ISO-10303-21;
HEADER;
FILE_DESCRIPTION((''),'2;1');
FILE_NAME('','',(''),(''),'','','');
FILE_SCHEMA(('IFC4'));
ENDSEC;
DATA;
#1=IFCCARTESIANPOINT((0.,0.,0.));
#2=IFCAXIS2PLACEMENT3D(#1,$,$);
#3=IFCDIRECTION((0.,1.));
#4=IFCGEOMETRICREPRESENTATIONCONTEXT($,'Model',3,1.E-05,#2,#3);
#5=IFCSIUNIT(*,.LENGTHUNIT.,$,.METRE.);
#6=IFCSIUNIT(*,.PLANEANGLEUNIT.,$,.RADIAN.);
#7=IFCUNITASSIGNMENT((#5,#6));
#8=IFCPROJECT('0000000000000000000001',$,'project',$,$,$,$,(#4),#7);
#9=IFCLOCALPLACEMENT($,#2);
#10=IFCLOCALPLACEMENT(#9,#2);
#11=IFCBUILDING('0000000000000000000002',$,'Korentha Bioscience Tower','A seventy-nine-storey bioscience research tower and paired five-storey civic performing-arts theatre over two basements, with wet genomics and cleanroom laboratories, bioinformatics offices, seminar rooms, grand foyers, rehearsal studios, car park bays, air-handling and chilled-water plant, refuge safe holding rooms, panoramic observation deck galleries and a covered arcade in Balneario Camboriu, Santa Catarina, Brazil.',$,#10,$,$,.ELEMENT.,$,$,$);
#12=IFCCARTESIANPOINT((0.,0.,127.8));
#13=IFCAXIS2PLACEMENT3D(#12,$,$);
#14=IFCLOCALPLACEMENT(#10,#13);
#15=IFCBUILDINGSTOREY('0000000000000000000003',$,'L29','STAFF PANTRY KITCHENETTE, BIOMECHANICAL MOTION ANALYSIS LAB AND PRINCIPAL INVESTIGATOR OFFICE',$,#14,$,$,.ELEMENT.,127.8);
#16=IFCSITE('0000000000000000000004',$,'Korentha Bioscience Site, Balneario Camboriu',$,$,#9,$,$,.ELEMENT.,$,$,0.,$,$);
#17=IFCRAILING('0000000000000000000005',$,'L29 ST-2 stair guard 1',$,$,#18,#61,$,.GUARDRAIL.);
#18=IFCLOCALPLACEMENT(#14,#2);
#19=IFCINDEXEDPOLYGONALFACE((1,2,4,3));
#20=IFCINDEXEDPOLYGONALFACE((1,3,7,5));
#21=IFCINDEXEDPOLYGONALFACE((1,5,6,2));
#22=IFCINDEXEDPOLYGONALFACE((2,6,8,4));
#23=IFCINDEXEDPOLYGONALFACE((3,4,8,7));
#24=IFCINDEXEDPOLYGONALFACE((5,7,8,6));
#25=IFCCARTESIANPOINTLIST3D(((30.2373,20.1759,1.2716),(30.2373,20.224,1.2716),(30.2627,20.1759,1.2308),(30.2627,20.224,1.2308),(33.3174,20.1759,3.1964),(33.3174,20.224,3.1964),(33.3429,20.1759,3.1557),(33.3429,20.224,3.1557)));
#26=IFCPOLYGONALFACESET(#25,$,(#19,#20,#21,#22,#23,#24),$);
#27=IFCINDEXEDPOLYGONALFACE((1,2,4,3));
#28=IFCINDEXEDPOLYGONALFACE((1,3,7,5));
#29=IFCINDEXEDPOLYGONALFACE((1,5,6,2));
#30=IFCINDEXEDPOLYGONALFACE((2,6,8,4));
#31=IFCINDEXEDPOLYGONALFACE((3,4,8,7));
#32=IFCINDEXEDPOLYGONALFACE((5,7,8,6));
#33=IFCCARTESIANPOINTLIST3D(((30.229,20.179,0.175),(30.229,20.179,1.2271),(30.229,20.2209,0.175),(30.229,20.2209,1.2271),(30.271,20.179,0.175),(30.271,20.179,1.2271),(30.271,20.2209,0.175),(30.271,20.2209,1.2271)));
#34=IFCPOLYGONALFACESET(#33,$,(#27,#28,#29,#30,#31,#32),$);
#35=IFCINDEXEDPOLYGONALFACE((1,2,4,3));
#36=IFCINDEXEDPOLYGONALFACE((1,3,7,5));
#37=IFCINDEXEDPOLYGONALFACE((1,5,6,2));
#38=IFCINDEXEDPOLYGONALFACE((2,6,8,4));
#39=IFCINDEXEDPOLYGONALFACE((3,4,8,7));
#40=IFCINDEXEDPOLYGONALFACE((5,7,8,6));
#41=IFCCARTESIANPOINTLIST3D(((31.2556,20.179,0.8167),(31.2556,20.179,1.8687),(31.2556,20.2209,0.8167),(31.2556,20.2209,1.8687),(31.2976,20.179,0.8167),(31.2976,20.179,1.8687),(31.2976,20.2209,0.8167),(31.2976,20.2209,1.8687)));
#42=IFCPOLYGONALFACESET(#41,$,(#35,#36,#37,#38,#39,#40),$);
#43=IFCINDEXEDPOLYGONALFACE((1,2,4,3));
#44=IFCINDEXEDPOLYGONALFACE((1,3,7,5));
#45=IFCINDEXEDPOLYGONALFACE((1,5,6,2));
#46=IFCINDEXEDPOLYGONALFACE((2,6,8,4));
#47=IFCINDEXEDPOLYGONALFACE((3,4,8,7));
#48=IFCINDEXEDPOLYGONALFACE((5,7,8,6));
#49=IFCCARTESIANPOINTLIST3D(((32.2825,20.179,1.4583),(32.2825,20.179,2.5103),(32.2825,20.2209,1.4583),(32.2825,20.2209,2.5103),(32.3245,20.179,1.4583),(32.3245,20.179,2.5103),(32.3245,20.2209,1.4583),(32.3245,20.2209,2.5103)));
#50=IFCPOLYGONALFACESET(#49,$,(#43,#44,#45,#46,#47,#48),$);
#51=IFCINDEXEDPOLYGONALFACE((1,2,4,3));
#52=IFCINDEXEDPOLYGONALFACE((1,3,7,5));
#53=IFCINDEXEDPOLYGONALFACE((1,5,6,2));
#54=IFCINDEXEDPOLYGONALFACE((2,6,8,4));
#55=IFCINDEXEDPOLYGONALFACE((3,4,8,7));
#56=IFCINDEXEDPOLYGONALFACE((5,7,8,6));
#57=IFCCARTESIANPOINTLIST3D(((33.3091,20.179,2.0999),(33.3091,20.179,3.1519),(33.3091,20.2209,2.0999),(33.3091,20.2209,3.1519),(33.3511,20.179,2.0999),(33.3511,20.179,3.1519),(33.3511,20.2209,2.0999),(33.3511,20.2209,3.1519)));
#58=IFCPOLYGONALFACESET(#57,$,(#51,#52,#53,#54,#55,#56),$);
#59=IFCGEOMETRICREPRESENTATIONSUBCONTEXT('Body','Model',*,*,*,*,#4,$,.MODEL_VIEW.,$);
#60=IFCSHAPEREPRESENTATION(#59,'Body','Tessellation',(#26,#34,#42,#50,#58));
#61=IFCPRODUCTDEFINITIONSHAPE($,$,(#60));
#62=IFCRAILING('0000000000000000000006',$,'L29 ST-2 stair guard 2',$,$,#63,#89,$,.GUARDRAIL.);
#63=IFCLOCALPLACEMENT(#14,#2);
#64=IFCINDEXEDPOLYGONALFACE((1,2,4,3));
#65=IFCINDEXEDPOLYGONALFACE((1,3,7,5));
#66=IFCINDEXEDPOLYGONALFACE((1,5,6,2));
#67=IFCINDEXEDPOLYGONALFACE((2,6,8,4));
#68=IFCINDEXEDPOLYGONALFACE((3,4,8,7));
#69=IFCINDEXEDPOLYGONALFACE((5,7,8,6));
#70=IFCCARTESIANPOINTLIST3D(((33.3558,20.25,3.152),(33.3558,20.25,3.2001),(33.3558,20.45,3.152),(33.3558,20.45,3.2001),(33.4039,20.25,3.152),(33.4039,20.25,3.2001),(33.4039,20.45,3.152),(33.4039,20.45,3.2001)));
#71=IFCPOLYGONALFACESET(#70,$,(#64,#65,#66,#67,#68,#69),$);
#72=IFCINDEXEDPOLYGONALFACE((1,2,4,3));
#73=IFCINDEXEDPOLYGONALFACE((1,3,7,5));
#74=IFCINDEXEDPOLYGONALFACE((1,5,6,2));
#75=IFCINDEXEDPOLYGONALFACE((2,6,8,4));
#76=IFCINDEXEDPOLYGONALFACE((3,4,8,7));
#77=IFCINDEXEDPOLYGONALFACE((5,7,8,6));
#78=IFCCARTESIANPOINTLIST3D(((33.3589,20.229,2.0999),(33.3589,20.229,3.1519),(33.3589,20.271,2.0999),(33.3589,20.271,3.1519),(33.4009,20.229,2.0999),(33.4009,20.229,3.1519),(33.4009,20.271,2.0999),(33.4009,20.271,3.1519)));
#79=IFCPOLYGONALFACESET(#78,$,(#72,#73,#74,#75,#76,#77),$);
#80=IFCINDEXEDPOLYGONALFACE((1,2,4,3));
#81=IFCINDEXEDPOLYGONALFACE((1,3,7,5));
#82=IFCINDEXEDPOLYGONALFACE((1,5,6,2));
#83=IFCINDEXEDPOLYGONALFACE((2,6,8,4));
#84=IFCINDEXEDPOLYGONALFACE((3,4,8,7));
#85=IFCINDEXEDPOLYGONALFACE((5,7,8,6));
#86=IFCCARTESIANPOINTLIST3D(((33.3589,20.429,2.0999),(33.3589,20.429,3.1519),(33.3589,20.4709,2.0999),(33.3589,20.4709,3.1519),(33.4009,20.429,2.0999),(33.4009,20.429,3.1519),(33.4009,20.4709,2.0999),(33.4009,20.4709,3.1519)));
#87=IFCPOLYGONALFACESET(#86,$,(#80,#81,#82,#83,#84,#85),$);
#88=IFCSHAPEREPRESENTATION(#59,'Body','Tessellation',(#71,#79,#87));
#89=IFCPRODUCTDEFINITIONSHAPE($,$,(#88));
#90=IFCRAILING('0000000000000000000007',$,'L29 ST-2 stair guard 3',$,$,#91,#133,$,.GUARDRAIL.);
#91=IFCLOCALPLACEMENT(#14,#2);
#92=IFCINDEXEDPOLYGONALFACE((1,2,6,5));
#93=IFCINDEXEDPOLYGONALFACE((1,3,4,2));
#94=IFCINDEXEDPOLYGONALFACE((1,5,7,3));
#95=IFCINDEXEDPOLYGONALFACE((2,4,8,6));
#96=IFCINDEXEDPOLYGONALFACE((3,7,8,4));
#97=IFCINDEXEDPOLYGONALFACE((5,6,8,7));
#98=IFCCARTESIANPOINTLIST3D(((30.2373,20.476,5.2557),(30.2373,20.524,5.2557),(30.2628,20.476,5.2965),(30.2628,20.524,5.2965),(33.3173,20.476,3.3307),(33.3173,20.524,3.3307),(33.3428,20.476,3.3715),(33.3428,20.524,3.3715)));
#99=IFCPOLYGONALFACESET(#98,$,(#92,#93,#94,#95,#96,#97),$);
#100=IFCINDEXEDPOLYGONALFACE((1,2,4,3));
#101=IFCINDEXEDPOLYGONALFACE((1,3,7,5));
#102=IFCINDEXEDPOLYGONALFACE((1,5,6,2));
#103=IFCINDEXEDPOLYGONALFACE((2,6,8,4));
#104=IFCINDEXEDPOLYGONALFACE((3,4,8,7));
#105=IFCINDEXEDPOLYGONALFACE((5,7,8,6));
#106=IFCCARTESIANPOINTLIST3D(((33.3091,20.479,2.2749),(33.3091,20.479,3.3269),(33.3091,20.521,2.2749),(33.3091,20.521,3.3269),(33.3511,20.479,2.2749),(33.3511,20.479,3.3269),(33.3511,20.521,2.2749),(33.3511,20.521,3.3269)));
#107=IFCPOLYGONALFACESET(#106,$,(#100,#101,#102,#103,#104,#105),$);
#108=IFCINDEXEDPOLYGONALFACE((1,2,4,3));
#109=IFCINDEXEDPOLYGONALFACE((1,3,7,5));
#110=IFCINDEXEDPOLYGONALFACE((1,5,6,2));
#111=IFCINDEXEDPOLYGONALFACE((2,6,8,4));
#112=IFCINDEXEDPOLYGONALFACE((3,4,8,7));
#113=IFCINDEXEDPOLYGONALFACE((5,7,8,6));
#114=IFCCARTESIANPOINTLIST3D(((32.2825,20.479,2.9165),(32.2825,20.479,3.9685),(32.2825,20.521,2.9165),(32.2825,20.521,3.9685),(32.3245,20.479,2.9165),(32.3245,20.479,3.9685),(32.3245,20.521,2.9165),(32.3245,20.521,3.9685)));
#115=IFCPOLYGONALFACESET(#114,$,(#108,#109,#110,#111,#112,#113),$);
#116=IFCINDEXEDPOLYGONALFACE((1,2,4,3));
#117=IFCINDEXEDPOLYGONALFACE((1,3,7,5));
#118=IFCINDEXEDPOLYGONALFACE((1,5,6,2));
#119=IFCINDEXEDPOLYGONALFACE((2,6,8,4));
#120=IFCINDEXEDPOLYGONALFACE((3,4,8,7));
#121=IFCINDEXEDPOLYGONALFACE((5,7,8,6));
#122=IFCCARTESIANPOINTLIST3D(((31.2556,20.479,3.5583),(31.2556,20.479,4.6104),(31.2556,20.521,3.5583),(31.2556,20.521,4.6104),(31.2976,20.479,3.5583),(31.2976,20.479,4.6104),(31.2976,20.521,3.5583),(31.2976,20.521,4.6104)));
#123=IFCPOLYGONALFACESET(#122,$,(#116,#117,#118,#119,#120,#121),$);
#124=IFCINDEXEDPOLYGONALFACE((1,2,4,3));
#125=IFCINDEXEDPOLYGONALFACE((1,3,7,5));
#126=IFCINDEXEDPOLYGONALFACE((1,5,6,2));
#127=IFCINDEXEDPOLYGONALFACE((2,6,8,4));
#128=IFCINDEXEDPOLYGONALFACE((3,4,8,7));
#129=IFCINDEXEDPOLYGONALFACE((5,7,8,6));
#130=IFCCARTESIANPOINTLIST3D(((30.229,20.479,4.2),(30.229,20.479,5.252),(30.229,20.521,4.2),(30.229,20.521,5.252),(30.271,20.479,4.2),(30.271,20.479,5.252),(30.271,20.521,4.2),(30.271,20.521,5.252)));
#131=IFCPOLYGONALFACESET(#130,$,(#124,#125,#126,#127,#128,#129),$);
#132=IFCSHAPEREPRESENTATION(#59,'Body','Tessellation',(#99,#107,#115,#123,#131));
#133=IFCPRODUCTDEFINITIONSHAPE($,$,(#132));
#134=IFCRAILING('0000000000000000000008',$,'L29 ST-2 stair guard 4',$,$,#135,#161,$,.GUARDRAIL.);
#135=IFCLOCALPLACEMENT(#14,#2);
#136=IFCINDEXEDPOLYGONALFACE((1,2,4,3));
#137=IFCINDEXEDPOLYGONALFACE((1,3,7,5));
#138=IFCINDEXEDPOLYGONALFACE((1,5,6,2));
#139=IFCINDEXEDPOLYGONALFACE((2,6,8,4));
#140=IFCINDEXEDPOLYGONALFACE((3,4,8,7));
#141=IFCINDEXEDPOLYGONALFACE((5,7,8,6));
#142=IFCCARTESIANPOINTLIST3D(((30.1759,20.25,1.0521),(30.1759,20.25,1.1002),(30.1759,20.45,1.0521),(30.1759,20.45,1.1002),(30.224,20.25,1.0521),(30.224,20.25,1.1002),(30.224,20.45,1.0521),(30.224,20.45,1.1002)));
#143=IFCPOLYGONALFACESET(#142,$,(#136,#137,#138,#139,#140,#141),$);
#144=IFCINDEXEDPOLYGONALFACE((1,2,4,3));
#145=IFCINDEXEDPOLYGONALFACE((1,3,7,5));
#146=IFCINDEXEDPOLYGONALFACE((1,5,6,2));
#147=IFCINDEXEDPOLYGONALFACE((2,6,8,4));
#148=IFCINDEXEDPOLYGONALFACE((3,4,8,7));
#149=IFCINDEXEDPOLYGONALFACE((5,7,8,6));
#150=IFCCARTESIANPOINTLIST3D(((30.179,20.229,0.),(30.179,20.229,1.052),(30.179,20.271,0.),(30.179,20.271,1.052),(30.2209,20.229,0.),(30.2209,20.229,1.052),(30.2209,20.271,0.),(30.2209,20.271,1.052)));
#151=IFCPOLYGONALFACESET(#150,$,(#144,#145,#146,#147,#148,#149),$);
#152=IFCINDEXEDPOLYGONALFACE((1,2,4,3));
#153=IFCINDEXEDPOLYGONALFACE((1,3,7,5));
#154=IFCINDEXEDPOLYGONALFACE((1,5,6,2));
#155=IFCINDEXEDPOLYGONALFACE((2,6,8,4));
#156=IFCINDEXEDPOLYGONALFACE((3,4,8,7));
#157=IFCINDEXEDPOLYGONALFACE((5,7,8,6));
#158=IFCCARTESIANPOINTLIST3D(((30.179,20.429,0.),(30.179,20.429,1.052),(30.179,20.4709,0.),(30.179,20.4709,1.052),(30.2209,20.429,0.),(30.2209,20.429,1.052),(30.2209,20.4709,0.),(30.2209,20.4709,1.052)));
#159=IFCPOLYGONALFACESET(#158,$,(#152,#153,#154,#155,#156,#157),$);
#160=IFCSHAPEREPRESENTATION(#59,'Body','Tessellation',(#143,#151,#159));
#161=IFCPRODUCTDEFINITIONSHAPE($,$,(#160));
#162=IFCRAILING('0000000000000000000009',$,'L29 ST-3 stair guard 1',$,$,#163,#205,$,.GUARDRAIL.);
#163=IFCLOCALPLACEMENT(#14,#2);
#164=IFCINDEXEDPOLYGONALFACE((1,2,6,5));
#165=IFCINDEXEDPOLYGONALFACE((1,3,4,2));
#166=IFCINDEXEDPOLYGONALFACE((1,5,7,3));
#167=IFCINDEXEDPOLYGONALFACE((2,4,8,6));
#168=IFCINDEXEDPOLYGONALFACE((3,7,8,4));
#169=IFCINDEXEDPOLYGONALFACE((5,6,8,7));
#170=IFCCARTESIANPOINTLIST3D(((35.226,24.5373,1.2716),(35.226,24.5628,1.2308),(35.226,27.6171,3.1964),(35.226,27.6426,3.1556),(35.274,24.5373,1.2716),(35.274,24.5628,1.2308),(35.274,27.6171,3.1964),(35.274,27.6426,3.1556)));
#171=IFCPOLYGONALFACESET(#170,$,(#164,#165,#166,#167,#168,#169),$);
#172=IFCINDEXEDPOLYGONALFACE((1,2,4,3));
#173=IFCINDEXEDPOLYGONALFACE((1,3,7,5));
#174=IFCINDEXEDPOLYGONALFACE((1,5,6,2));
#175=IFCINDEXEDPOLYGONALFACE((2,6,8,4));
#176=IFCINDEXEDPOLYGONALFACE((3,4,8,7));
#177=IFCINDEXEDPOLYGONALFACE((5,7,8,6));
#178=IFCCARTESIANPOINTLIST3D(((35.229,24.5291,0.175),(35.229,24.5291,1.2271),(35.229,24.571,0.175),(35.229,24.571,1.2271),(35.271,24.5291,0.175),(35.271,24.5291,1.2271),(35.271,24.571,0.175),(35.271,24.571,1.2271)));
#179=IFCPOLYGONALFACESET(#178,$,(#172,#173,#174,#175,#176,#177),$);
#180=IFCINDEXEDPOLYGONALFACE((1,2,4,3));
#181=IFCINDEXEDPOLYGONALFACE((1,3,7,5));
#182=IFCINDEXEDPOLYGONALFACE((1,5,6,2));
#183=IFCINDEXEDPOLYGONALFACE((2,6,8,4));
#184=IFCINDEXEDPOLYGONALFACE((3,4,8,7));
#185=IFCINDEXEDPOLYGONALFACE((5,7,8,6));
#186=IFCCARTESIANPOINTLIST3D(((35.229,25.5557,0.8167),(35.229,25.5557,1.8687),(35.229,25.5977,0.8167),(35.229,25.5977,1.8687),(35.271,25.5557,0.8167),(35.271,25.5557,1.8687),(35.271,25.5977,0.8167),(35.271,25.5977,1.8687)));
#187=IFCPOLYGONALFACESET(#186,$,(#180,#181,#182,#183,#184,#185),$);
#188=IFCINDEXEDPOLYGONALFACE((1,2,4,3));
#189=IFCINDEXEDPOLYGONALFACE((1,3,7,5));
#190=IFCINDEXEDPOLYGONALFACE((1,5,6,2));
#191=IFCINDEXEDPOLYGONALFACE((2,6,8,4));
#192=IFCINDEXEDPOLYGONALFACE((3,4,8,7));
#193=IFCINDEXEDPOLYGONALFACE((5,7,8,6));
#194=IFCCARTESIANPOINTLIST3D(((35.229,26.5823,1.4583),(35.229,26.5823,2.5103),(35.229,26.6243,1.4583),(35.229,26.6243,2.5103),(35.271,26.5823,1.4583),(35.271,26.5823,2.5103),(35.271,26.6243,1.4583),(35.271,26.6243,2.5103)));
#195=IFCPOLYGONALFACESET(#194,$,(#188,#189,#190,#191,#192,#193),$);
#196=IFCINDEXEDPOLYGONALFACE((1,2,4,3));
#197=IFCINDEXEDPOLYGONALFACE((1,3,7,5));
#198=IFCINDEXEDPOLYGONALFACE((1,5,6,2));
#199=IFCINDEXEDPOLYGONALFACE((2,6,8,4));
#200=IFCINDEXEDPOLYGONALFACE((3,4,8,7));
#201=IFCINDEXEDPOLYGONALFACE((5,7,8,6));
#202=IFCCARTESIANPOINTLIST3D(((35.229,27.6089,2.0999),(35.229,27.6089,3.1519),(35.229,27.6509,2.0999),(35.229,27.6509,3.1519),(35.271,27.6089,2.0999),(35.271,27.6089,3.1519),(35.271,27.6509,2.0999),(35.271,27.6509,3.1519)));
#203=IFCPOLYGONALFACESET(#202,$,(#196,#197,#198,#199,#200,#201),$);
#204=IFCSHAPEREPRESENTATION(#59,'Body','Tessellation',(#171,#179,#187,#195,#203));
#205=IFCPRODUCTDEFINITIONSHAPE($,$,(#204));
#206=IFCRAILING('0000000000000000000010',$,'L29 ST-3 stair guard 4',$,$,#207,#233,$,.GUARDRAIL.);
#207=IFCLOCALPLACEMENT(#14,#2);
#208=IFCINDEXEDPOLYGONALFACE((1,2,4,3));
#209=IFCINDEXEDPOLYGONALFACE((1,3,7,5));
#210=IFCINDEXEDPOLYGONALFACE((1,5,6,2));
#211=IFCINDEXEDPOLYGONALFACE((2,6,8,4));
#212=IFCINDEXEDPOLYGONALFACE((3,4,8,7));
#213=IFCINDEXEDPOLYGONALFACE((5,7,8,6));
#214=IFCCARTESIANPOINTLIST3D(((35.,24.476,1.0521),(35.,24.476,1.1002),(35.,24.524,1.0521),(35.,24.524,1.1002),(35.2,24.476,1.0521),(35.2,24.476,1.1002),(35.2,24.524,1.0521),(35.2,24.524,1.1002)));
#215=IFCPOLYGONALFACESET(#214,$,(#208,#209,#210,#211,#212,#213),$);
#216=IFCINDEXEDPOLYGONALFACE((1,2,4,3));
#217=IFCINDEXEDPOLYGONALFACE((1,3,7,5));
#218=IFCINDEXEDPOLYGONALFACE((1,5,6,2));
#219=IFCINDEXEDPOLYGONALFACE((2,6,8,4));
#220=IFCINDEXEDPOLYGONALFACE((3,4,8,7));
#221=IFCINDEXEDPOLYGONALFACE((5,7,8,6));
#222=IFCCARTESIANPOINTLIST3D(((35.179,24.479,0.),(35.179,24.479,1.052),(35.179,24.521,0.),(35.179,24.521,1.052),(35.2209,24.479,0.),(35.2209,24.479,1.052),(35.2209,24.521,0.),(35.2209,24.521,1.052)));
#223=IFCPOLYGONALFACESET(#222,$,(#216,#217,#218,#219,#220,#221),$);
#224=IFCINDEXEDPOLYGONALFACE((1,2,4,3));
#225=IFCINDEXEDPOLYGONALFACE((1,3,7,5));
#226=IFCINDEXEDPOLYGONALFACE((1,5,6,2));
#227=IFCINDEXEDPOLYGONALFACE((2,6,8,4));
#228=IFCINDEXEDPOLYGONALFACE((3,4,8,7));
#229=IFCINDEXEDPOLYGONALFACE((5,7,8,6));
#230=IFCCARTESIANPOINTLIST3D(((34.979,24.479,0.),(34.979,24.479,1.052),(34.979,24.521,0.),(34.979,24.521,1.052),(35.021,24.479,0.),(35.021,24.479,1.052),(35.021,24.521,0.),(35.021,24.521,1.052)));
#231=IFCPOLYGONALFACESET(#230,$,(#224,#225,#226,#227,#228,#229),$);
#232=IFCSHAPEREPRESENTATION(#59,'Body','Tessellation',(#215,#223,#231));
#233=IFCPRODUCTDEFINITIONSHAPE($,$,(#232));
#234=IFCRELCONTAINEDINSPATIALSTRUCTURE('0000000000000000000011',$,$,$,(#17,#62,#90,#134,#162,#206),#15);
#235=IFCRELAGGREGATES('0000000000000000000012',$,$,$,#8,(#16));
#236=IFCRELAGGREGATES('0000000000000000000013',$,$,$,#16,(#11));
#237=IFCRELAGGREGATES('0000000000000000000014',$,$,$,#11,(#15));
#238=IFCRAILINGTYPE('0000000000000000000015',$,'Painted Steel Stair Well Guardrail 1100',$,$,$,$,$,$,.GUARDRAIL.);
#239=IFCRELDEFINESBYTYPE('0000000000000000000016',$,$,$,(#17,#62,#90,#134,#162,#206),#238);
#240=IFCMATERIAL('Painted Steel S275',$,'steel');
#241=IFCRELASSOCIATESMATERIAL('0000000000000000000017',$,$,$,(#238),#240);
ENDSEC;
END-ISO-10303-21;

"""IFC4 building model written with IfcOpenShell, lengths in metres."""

from ifc_helpers import new_model, si_unit, direction, frame, origin, origin_2d, place, context, subcontext, project, spatial, rectangle, extrude, material, type_object, element, save


model = new_model("IFC4")

# Units and contexts
model_context = context("Model", 3, precision=1e-05, world=origin(), true_north=direction((0.0, 1.0)))
body_context = subcontext(model_context, "Body", "Model", "MODEL_VIEW")
ifc_project = project(units=[si_unit("LENGTHUNIT", "METRE"), si_unit("PLANEANGLEUNIT", "RADIAN")], contexts=[model_context])

# Site, building, storey
site_placement = place(None, origin())
site = spatial("IfcSite", under=ifc_project, at=site_placement, Name="Korentha Bioscience Site, Balneario Camboriu", CompositionType="ELEMENT", RefElevation=0.0)
building_placement = place(site_placement, origin())
building = spatial("IfcBuilding", under=site, at=building_placement, Name="Korentha Bioscience Tower", Description="A seventy-nine-storey bioscience research tower and paired five-storey civic performing-arts theatre over two basements, with wet genomics and cleanroom laboratories, bioinformatics offices, seminar rooms, grand foyers, rehearsal studios, car park bays, air-handling and chilled-water plant, refuge safe holding rooms, panoramic observation deck galleries and a covered arcade in Balneario Camboriu, Santa Catarina, Brazil.", CompositionType="ELEMENT")
storey_placement = place(building_placement, frame((0.0, 0.0, 127.8)))
storey = spatial("IfcBuildingStorey", under=building, at=storey_placement, Name="L29", Description="STAFF PANTRY KITCHENETTE, BIOMECHANICAL MOTION ANALYSIS LAB AND PRINCIPAL INVESTIGATOR OFFICE", CompositionType="ELEMENT", Elevation=127.8)

# Railings
ifc_material_1 = material(Name="Painted Steel S275", Category="steel")
railing_type_1 = type_object("IfcRailingType", Name="Painted Steel Stair Well Guardrail 1100", PredefinedType="GUARDRAIL", material=ifc_material_1)
railing_1_placement = place(storey_placement, frame((30.25, 20.2, 0.175)))
element("IfcRailing", 1, at=railing_1_placement, inside=storey, type_object=railing_type_1, Name="L29 ST-2 stair guard 1", PredefinedType="GUARDRAIL", context=body_context, shape_type="SweptSolid", body=[
    extrude(rectangle(XDim=0.0481, YDim=0.0481, at=origin_2d()), frame((0.0, 0.0, 1.0762), z_axis=(0.848029, 0.0, 0.529951), x_axis=(0.0, 1.0, 0.0)), (0.0, 0.0, 1.0), 3.6321),
    extrude(rectangle(XDim=0.042, YDim=0.042, at=origin_2d()), origin(), (0.0, 0.0, 1.0), 1.052),
    extrude(rectangle(XDim=0.042, YDim=0.042, at=origin_2d()), frame((1.0266, 0.0, 0.6416)), (0.0, 0.0, 1.0), 1.052),
    extrude(rectangle(XDim=0.042, YDim=0.042, at=origin_2d()), frame((2.0535, 0.0, 1.2832)), (0.0, 0.0, 1.0), 1.052),
    extrude(rectangle(XDim=0.042, YDim=0.042, at=origin_2d()), frame((3.0801, 0.0, 1.9248)), (0.0, 0.0, 1.0), 1.052),
])
railing_2_placement = place(storey_placement, frame((33.3799, 20.25, 2.0999)))
element("IfcRailing", 2, at=railing_2_placement, inside=storey, type_object=railing_type_1, Name="L29 ST-2 stair guard 2", PredefinedType="GUARDRAIL", context=body_context, shape_type="SweptSolid", body=[
    extrude(rectangle(XDim=0.0481, YDim=0.0481, at=origin_2d()), frame((0.0, 0.0, 1.0762), z_axis=(0.0, 1.0, 0.0), x_axis=(-1.0, 0.0, 0.0)), (0.0, 0.0, 1.0), 0.2),
    extrude(rectangle(XDim=0.042, YDim=0.042, at=origin_2d()), origin(), (0.0, 0.0, 1.0), 1.052),
    extrude(rectangle(XDim=0.042, YDim=0.042, at=origin_2d()), frame((0.0, 0.2, 0.0)), (0.0, 0.0, 1.0), 1.052),
])
railing_3_placement = place(storey_placement, frame((33.3301, 20.5, 2.2749)))
element("IfcRailing", 3, at=railing_3_placement, inside=storey, type_object=railing_type_1, Name="L29 ST-2 stair guard 3", PredefinedType="GUARDRAIL", context=body_context, shape_type="SweptSolid", body=[
    extrude(rectangle(XDim=0.0481, YDim=0.0481, at=origin_2d()), frame((0.0, 0.0, 1.0762), z_axis=(-0.847998, 0.0, 0.529999), x_axis=(0.0, -1.0, 0.0)), (0.0, 0.0, 1.0), 3.6321),
    extrude(rectangle(XDim=0.042, YDim=0.042, at=origin_2d()), origin(), (0.0, 0.0, 1.0), 1.052),
    extrude(rectangle(XDim=0.042, YDim=0.042, at=origin_2d()), frame((-1.0266, 0.0, 0.6416)), (0.0, 0.0, 1.0), 1.052),
    extrude(rectangle(XDim=0.042, YDim=0.042, at=origin_2d()), frame((-2.0535, 0.0, 1.2834)), (0.0, 0.0, 1.0), 1.052),
    extrude(rectangle(XDim=0.042, YDim=0.042, at=origin_2d()), frame((-3.0801, 0.0, 1.925)), (0.0, 0.0, 1.0), 1.052),
])
railing_4_placement = place(storey_placement, frame((30.2, 20.25, 0.0)))
element("IfcRailing", 4, at=railing_4_placement, inside=storey, type_object=railing_type_1, Name="L29 ST-2 stair guard 4", PredefinedType="GUARDRAIL", context=body_context, shape_type="SweptSolid", body=[
    extrude(rectangle(XDim=0.0481, YDim=0.0481, at=origin_2d()), frame((0.0, 0.0, 1.0762), z_axis=(0.0, 1.0, 0.0), x_axis=(-1.0, 0.0, 0.0)), (0.0, 0.0, 1.0), 0.2),
    extrude(rectangle(XDim=0.042, YDim=0.042, at=origin_2d()), origin(), (0.0, 0.0, 1.0), 1.052),
    extrude(rectangle(XDim=0.042, YDim=0.042, at=origin_2d()), frame((0.0, 0.2, 0.0)), (0.0, 0.0, 1.0), 1.052),
])
railing_5_placement = place(storey_placement, frame((35.25, 24.55, 0.175)))
element("IfcRailing", 5, at=railing_5_placement, inside=storey, type_object=railing_type_1, Name="L29 ST-3 stair guard 1", PredefinedType="GUARDRAIL", context=body_context, shape_type="SweptSolid", body=[
    extrude(rectangle(XDim=0.0481, YDim=0.0481, at=origin_2d()), frame((0.0, 0.0, 1.0762), z_axis=(0.0, 0.84801, 0.529981), x_axis=(-1.0, 0.0, 0.0)), (0.0, 0.0, 1.0), 3.6318),
    extrude(rectangle(XDim=0.042, YDim=0.042, at=origin_2d()), origin(), (0.0, 0.0, 1.0), 1.052),
    extrude(rectangle(XDim=0.042, YDim=0.042, at=origin_2d()), frame((0.0, 1.0266, 0.6416)), (0.0, 0.0, 1.0), 1.052),
    extrude(rectangle(XDim=0.042, YDim=0.042, at=origin_2d()), frame((0.0, 2.0532, 1.2832)), (0.0, 0.0, 1.0), 1.052),
    extrude(rectangle(XDim=0.042, YDim=0.042, at=origin_2d()), frame((0.0, 3.0798, 1.9248)), (0.0, 0.0, 1.0), 1.052),
])
railing_6_placement = place(storey_placement, frame((35.2, 24.5, 0.0)))
element("IfcRailing", 6, at=railing_6_placement, inside=storey, type_object=railing_type_1, Name="L29 ST-3 stair guard 4", PredefinedType="GUARDRAIL", context=body_context, shape_type="SweptSolid", body=[
    extrude(rectangle(XDim=0.0481, YDim=0.0481, at=origin_2d()), frame((0.0, 0.0, 1.0762), z_axis=(-1.0, 0.0, 0.0), x_axis=(0.0, -1.0, 0.0)), (0.0, 0.0, 1.0), 0.2),
    extrude(rectangle(XDim=0.042, YDim=0.042, at=origin_2d()), origin(), (0.0, 0.0, 1.0), 1.052),
    extrude(rectangle(XDim=0.042, YDim=0.042, at=origin_2d()), frame((-0.2, 0.0, 0.0)), (0.0, 0.0, 1.0), 1.052),
])

save(model, "model.ifc")
